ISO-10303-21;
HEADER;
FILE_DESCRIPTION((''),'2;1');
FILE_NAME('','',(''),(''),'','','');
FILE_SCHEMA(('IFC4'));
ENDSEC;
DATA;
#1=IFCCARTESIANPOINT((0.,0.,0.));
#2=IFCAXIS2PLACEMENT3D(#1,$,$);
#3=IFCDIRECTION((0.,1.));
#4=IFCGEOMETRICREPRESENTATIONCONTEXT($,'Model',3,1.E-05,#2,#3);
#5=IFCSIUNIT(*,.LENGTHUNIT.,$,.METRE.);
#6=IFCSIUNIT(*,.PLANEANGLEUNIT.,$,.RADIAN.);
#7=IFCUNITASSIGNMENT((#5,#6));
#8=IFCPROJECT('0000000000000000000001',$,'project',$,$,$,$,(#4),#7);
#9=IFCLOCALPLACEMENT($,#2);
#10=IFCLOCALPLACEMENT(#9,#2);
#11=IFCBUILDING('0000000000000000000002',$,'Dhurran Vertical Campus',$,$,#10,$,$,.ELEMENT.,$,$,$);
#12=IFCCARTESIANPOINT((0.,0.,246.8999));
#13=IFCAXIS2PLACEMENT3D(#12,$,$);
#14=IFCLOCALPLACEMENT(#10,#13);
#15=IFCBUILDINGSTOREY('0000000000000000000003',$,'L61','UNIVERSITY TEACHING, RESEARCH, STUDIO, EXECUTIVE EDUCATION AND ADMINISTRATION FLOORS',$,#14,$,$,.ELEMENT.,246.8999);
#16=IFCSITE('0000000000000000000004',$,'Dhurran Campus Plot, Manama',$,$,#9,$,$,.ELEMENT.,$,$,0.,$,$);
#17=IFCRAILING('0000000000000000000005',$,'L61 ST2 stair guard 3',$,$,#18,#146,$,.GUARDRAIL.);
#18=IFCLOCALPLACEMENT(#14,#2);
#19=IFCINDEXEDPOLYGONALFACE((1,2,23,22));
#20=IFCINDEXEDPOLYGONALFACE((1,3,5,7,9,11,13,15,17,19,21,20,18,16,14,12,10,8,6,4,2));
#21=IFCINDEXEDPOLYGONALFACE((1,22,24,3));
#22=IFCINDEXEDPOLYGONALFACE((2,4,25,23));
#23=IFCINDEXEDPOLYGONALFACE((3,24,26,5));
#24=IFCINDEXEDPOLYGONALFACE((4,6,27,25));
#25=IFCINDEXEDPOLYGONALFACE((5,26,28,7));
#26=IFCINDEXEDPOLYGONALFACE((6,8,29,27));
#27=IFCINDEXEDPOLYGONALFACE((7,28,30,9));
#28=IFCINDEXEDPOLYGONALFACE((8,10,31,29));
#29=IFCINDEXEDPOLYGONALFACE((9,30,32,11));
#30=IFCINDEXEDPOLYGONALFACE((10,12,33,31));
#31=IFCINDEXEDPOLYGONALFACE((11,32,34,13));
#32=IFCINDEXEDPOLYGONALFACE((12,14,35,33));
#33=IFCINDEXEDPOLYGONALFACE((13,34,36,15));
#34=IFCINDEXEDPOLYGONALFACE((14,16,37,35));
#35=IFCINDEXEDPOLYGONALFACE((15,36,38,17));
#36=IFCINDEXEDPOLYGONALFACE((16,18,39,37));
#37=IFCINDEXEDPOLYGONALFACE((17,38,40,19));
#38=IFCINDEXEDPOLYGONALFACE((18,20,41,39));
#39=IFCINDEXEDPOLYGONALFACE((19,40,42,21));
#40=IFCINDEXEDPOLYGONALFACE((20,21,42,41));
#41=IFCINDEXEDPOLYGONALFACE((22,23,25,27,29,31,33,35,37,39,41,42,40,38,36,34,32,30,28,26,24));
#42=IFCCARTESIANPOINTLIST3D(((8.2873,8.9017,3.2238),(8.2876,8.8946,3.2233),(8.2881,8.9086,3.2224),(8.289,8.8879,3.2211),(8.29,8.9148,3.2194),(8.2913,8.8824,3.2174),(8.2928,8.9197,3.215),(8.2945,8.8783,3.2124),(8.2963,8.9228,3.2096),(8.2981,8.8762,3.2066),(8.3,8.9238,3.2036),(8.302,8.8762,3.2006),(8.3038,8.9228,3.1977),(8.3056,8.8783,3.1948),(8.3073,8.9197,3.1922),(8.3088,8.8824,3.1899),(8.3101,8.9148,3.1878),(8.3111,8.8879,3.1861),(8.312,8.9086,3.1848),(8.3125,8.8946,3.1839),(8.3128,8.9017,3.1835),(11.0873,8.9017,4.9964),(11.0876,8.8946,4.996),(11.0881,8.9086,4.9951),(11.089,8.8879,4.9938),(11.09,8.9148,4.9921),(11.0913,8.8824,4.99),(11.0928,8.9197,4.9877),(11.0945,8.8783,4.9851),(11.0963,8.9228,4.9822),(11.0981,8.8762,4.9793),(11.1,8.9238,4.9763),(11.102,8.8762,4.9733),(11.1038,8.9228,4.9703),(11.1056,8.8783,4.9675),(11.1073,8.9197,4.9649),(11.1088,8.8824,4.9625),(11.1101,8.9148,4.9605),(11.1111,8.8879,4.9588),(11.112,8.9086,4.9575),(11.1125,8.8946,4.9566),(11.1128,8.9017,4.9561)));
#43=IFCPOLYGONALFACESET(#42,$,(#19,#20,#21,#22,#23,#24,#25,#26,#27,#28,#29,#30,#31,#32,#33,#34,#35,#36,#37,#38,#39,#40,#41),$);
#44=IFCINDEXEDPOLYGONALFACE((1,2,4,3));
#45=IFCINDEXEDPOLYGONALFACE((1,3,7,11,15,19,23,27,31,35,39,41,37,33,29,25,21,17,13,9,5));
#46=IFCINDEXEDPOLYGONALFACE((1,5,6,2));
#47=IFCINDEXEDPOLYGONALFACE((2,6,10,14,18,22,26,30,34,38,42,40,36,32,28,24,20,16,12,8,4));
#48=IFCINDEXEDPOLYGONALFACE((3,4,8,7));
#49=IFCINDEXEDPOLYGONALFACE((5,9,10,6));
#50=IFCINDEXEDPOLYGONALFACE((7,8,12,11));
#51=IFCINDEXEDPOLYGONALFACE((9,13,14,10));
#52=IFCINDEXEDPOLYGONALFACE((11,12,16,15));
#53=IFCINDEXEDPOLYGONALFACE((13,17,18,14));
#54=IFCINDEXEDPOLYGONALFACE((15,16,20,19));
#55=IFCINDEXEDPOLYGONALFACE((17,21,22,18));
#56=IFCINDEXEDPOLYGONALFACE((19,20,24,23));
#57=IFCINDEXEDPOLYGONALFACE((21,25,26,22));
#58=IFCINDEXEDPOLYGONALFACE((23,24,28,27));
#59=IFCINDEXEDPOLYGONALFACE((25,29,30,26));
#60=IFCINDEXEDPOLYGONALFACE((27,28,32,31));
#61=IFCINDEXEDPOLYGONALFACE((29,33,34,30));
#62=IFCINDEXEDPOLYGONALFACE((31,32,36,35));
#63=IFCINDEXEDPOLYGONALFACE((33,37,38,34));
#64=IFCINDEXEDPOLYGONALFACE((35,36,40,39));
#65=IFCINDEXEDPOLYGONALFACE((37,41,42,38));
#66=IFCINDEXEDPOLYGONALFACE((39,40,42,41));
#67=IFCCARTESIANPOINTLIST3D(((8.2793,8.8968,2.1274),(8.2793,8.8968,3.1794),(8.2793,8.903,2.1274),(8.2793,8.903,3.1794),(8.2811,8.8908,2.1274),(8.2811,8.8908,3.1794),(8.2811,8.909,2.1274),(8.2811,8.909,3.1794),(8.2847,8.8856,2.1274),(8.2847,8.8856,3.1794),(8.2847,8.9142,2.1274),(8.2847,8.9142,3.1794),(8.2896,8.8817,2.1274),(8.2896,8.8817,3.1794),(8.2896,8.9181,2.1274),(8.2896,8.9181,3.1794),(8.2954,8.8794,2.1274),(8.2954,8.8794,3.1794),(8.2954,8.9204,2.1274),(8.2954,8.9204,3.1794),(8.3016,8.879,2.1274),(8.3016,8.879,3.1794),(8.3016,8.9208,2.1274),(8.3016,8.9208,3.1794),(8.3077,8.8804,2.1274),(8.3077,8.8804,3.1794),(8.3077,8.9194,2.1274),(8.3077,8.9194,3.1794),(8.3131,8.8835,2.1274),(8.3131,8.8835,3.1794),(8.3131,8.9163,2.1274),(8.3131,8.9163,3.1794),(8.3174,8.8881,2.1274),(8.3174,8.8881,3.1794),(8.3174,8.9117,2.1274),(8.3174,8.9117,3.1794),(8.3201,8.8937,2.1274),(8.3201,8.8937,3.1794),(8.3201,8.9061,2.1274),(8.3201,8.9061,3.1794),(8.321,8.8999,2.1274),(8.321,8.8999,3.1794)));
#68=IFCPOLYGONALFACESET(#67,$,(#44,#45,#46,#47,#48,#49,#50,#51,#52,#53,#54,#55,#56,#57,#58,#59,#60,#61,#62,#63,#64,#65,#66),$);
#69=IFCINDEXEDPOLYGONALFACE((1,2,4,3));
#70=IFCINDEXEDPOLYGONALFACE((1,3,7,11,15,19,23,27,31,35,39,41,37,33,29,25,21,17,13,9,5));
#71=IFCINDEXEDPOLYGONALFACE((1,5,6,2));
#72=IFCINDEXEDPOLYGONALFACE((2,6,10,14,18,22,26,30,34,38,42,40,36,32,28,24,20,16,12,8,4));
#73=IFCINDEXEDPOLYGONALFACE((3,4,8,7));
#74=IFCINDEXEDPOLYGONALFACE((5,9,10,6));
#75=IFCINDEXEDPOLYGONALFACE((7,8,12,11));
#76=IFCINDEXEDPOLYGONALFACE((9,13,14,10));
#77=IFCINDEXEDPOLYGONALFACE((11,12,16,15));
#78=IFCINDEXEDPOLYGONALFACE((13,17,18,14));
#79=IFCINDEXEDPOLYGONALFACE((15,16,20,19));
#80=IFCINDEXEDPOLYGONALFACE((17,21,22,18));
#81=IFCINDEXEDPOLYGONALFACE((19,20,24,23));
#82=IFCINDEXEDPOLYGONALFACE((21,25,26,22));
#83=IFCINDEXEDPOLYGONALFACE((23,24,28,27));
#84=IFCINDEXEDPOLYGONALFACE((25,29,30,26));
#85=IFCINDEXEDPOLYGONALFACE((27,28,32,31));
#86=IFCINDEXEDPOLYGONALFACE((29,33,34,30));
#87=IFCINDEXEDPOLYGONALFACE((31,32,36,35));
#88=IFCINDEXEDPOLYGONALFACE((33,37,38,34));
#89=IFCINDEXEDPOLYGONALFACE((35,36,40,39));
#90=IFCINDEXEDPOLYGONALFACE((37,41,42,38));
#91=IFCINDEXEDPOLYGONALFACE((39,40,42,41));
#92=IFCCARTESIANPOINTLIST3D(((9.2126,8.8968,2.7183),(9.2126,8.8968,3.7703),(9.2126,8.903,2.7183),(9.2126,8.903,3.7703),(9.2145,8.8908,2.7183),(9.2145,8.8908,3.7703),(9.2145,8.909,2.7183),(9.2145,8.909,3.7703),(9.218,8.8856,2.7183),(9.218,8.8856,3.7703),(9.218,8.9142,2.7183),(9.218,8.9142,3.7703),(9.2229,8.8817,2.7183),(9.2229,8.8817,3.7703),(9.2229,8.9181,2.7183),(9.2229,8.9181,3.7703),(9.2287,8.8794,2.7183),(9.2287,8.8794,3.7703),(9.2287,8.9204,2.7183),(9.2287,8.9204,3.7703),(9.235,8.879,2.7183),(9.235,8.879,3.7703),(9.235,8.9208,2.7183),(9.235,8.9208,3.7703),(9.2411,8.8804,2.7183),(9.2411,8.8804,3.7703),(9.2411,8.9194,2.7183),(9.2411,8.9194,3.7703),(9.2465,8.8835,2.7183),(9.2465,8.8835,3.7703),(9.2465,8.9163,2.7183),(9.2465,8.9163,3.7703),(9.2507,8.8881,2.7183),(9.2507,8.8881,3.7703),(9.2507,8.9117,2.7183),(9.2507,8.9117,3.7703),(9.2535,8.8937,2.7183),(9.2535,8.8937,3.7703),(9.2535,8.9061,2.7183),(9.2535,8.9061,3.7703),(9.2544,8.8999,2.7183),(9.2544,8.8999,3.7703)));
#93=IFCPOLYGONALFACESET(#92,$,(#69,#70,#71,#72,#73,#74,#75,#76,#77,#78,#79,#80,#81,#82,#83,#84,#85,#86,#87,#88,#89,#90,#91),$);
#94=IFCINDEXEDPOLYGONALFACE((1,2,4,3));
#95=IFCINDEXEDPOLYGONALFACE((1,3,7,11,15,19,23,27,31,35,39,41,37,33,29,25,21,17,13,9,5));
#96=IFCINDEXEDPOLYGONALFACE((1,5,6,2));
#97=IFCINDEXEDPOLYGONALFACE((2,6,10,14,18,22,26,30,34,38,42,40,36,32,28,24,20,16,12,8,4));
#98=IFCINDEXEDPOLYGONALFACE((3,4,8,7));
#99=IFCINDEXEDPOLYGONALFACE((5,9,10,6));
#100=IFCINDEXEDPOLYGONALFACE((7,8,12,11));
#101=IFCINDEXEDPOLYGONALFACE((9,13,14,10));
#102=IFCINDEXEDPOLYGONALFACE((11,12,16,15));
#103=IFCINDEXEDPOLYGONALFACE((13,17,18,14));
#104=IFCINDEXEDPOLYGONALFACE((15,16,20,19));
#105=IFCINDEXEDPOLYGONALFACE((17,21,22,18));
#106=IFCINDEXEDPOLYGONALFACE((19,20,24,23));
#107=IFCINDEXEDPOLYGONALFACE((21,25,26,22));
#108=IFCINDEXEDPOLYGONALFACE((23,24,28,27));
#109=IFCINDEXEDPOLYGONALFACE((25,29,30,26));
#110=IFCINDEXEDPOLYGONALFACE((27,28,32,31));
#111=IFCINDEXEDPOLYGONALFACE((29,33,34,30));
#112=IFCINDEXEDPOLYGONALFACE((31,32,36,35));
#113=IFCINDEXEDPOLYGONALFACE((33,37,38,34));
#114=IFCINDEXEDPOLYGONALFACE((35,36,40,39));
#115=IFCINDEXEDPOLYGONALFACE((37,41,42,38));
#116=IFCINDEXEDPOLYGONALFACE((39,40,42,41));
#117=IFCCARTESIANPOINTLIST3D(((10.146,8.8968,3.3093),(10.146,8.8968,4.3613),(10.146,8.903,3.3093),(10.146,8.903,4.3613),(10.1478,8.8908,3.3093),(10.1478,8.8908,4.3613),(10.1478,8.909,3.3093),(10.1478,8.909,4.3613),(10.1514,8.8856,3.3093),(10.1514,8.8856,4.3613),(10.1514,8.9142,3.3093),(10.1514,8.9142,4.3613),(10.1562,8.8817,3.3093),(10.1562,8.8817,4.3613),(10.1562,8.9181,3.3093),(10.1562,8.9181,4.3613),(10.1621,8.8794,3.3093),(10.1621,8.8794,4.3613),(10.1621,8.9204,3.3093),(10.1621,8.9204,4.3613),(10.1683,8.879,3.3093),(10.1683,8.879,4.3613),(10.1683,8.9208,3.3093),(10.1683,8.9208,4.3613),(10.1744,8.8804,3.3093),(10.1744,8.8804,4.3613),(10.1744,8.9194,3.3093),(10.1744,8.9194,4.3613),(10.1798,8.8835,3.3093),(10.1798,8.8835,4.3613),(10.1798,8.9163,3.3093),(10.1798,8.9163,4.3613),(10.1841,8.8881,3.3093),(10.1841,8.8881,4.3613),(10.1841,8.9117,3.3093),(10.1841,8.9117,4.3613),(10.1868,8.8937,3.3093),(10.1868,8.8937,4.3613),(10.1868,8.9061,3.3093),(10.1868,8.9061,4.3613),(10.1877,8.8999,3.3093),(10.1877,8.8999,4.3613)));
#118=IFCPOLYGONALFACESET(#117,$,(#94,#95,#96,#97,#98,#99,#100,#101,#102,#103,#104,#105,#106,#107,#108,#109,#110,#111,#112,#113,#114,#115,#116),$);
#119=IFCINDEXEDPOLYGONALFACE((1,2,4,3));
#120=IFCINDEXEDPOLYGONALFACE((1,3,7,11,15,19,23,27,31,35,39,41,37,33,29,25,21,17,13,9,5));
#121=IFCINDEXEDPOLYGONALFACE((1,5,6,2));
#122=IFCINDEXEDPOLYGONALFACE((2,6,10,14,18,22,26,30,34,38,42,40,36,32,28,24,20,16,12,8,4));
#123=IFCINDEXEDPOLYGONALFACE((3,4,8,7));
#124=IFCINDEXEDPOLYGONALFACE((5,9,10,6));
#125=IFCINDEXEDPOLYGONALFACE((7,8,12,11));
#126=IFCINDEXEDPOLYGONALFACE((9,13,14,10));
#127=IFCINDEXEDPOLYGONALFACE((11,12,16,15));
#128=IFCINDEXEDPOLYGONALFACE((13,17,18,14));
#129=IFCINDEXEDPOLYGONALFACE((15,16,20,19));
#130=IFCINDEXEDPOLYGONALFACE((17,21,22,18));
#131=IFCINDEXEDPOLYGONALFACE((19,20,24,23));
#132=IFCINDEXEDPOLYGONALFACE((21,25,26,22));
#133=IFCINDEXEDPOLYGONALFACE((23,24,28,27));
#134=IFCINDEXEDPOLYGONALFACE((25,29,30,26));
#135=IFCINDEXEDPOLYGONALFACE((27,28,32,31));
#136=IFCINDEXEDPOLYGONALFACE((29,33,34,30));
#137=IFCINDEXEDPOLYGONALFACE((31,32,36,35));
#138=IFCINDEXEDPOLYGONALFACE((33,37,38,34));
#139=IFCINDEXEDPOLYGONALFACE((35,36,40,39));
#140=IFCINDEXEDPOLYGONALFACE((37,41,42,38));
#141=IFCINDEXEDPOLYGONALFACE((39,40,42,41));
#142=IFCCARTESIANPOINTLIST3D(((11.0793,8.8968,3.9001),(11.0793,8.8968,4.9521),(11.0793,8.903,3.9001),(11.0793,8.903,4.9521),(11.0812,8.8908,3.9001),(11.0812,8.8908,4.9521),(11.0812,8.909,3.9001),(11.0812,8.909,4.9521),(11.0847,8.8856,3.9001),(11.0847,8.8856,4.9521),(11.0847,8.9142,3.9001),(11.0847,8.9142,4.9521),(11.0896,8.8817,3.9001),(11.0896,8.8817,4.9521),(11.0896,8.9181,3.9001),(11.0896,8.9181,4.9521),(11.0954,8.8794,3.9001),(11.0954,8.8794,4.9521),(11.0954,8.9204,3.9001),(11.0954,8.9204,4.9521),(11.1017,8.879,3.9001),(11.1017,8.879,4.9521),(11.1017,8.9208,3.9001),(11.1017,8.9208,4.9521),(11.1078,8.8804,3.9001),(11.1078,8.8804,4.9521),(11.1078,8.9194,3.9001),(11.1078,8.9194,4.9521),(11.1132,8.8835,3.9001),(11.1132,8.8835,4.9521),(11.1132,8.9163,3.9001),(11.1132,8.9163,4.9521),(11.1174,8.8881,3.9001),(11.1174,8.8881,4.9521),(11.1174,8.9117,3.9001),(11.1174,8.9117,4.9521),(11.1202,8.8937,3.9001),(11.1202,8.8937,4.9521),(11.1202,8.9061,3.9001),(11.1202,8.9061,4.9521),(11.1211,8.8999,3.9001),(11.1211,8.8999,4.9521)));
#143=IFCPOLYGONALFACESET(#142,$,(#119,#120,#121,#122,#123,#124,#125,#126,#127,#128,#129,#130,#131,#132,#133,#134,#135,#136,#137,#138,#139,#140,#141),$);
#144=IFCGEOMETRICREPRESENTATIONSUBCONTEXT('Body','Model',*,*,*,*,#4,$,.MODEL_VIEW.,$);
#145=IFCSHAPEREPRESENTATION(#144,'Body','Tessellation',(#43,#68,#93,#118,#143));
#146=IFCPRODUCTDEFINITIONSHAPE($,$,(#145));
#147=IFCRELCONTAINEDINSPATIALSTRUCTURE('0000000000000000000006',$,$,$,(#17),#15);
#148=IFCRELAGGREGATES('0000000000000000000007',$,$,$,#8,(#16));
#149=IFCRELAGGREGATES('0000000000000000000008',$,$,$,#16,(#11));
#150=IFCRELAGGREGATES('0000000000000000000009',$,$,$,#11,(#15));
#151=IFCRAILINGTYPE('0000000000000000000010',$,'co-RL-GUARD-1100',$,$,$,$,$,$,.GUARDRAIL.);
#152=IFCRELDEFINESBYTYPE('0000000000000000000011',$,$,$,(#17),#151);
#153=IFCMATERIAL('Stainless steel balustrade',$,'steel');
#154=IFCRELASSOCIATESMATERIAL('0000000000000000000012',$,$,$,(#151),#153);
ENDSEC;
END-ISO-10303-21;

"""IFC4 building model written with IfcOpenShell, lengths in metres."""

from ifc_helpers import new_model, si_unit, direction, frame, origin, origin_2d, place, context, subcontext, project, spatial, circle, extrude, material, type_object, element, save


model = new_model("IFC4")

# Units and contexts
model_context = context("Model", 3, precision=1e-05, world=origin(), true_north=direction((0.0, 1.0)))
body_context = subcontext(model_context, "Body", "Model", "MODEL_VIEW")
ifc_project = project(units=[si_unit("LENGTHUNIT", "METRE"), si_unit("PLANEANGLEUNIT", "RADIAN")], contexts=[model_context])

# Site, building, storey
site_placement = place(None, origin())
site = spatial("IfcSite", under=ifc_project, at=site_placement, Name="Dhurran Campus Plot, Manama", CompositionType="ELEMENT", RefElevation=0.0)
building_placement = place(site_placement, origin())
building = spatial("IfcBuilding", under=site, at=building_placement, Name="Dhurran Vertical Campus", CompositionType="ELEMENT")
storey_placement = place(building_placement, frame((0.0, 0.0, 246.8999)))
storey = spatial("IfcBuildingStorey", under=building, at=storey_placement, Name="L61", Description="UNIVERSITY TEACHING, RESEARCH, STUDIO, EXECUTIVE EDUCATION AND ADMINISTRATION FLOORS", CompositionType="ELEMENT", Elevation=246.8999)

# Railing
ifc_material_1 = material(Name="Stainless steel balustrade", Category="steel")
railing_type_1 = type_object("IfcRailingType", Name="co-RL-GUARD-1100", PredefinedType="GUARDRAIL", material=ifc_material_1)
railing_1_placement = place(storey_placement, frame((8.3, 8.8999, 2.1274)))
element("IfcRailing", 1, at=railing_1_placement, inside=storey, type_object=railing_type_1, Name="L61 ST2 stair guard 3", PredefinedType="GUARDRAIL", context=body_context, shape_type="SweptSolid", body=[
    extrude(circle(Radius=0.0239, at=origin_2d()), frame((0.0, 0.0, 1.0762), z_axis=(0.844909, 0.0, 0.53491), x_axis=(0.0, 1.0, 0.0)), (0.0, 0.0, 1.0), 3.314),
    extrude(circle(Radius=0.021, at=origin_2d()), origin(), (0.0, 0.0, 1.0), 1.052),
    extrude(circle(Radius=0.021, at=origin_2d()), frame((0.9333, 0.0, 0.5908)), (0.0, 0.0, 1.0), 1.052),
    extrude(circle(Radius=0.021, at=origin_2d()), frame((1.8667, 0.0, 1.1819)), (0.0, 0.0, 1.0), 1.052),
    extrude(circle(Radius=0.021, at=origin_2d()), frame((2.8, 0.0, 1.7727)), (0.0, 0.0, 1.0), 1.052),
])

save(model, "model.ifc")
